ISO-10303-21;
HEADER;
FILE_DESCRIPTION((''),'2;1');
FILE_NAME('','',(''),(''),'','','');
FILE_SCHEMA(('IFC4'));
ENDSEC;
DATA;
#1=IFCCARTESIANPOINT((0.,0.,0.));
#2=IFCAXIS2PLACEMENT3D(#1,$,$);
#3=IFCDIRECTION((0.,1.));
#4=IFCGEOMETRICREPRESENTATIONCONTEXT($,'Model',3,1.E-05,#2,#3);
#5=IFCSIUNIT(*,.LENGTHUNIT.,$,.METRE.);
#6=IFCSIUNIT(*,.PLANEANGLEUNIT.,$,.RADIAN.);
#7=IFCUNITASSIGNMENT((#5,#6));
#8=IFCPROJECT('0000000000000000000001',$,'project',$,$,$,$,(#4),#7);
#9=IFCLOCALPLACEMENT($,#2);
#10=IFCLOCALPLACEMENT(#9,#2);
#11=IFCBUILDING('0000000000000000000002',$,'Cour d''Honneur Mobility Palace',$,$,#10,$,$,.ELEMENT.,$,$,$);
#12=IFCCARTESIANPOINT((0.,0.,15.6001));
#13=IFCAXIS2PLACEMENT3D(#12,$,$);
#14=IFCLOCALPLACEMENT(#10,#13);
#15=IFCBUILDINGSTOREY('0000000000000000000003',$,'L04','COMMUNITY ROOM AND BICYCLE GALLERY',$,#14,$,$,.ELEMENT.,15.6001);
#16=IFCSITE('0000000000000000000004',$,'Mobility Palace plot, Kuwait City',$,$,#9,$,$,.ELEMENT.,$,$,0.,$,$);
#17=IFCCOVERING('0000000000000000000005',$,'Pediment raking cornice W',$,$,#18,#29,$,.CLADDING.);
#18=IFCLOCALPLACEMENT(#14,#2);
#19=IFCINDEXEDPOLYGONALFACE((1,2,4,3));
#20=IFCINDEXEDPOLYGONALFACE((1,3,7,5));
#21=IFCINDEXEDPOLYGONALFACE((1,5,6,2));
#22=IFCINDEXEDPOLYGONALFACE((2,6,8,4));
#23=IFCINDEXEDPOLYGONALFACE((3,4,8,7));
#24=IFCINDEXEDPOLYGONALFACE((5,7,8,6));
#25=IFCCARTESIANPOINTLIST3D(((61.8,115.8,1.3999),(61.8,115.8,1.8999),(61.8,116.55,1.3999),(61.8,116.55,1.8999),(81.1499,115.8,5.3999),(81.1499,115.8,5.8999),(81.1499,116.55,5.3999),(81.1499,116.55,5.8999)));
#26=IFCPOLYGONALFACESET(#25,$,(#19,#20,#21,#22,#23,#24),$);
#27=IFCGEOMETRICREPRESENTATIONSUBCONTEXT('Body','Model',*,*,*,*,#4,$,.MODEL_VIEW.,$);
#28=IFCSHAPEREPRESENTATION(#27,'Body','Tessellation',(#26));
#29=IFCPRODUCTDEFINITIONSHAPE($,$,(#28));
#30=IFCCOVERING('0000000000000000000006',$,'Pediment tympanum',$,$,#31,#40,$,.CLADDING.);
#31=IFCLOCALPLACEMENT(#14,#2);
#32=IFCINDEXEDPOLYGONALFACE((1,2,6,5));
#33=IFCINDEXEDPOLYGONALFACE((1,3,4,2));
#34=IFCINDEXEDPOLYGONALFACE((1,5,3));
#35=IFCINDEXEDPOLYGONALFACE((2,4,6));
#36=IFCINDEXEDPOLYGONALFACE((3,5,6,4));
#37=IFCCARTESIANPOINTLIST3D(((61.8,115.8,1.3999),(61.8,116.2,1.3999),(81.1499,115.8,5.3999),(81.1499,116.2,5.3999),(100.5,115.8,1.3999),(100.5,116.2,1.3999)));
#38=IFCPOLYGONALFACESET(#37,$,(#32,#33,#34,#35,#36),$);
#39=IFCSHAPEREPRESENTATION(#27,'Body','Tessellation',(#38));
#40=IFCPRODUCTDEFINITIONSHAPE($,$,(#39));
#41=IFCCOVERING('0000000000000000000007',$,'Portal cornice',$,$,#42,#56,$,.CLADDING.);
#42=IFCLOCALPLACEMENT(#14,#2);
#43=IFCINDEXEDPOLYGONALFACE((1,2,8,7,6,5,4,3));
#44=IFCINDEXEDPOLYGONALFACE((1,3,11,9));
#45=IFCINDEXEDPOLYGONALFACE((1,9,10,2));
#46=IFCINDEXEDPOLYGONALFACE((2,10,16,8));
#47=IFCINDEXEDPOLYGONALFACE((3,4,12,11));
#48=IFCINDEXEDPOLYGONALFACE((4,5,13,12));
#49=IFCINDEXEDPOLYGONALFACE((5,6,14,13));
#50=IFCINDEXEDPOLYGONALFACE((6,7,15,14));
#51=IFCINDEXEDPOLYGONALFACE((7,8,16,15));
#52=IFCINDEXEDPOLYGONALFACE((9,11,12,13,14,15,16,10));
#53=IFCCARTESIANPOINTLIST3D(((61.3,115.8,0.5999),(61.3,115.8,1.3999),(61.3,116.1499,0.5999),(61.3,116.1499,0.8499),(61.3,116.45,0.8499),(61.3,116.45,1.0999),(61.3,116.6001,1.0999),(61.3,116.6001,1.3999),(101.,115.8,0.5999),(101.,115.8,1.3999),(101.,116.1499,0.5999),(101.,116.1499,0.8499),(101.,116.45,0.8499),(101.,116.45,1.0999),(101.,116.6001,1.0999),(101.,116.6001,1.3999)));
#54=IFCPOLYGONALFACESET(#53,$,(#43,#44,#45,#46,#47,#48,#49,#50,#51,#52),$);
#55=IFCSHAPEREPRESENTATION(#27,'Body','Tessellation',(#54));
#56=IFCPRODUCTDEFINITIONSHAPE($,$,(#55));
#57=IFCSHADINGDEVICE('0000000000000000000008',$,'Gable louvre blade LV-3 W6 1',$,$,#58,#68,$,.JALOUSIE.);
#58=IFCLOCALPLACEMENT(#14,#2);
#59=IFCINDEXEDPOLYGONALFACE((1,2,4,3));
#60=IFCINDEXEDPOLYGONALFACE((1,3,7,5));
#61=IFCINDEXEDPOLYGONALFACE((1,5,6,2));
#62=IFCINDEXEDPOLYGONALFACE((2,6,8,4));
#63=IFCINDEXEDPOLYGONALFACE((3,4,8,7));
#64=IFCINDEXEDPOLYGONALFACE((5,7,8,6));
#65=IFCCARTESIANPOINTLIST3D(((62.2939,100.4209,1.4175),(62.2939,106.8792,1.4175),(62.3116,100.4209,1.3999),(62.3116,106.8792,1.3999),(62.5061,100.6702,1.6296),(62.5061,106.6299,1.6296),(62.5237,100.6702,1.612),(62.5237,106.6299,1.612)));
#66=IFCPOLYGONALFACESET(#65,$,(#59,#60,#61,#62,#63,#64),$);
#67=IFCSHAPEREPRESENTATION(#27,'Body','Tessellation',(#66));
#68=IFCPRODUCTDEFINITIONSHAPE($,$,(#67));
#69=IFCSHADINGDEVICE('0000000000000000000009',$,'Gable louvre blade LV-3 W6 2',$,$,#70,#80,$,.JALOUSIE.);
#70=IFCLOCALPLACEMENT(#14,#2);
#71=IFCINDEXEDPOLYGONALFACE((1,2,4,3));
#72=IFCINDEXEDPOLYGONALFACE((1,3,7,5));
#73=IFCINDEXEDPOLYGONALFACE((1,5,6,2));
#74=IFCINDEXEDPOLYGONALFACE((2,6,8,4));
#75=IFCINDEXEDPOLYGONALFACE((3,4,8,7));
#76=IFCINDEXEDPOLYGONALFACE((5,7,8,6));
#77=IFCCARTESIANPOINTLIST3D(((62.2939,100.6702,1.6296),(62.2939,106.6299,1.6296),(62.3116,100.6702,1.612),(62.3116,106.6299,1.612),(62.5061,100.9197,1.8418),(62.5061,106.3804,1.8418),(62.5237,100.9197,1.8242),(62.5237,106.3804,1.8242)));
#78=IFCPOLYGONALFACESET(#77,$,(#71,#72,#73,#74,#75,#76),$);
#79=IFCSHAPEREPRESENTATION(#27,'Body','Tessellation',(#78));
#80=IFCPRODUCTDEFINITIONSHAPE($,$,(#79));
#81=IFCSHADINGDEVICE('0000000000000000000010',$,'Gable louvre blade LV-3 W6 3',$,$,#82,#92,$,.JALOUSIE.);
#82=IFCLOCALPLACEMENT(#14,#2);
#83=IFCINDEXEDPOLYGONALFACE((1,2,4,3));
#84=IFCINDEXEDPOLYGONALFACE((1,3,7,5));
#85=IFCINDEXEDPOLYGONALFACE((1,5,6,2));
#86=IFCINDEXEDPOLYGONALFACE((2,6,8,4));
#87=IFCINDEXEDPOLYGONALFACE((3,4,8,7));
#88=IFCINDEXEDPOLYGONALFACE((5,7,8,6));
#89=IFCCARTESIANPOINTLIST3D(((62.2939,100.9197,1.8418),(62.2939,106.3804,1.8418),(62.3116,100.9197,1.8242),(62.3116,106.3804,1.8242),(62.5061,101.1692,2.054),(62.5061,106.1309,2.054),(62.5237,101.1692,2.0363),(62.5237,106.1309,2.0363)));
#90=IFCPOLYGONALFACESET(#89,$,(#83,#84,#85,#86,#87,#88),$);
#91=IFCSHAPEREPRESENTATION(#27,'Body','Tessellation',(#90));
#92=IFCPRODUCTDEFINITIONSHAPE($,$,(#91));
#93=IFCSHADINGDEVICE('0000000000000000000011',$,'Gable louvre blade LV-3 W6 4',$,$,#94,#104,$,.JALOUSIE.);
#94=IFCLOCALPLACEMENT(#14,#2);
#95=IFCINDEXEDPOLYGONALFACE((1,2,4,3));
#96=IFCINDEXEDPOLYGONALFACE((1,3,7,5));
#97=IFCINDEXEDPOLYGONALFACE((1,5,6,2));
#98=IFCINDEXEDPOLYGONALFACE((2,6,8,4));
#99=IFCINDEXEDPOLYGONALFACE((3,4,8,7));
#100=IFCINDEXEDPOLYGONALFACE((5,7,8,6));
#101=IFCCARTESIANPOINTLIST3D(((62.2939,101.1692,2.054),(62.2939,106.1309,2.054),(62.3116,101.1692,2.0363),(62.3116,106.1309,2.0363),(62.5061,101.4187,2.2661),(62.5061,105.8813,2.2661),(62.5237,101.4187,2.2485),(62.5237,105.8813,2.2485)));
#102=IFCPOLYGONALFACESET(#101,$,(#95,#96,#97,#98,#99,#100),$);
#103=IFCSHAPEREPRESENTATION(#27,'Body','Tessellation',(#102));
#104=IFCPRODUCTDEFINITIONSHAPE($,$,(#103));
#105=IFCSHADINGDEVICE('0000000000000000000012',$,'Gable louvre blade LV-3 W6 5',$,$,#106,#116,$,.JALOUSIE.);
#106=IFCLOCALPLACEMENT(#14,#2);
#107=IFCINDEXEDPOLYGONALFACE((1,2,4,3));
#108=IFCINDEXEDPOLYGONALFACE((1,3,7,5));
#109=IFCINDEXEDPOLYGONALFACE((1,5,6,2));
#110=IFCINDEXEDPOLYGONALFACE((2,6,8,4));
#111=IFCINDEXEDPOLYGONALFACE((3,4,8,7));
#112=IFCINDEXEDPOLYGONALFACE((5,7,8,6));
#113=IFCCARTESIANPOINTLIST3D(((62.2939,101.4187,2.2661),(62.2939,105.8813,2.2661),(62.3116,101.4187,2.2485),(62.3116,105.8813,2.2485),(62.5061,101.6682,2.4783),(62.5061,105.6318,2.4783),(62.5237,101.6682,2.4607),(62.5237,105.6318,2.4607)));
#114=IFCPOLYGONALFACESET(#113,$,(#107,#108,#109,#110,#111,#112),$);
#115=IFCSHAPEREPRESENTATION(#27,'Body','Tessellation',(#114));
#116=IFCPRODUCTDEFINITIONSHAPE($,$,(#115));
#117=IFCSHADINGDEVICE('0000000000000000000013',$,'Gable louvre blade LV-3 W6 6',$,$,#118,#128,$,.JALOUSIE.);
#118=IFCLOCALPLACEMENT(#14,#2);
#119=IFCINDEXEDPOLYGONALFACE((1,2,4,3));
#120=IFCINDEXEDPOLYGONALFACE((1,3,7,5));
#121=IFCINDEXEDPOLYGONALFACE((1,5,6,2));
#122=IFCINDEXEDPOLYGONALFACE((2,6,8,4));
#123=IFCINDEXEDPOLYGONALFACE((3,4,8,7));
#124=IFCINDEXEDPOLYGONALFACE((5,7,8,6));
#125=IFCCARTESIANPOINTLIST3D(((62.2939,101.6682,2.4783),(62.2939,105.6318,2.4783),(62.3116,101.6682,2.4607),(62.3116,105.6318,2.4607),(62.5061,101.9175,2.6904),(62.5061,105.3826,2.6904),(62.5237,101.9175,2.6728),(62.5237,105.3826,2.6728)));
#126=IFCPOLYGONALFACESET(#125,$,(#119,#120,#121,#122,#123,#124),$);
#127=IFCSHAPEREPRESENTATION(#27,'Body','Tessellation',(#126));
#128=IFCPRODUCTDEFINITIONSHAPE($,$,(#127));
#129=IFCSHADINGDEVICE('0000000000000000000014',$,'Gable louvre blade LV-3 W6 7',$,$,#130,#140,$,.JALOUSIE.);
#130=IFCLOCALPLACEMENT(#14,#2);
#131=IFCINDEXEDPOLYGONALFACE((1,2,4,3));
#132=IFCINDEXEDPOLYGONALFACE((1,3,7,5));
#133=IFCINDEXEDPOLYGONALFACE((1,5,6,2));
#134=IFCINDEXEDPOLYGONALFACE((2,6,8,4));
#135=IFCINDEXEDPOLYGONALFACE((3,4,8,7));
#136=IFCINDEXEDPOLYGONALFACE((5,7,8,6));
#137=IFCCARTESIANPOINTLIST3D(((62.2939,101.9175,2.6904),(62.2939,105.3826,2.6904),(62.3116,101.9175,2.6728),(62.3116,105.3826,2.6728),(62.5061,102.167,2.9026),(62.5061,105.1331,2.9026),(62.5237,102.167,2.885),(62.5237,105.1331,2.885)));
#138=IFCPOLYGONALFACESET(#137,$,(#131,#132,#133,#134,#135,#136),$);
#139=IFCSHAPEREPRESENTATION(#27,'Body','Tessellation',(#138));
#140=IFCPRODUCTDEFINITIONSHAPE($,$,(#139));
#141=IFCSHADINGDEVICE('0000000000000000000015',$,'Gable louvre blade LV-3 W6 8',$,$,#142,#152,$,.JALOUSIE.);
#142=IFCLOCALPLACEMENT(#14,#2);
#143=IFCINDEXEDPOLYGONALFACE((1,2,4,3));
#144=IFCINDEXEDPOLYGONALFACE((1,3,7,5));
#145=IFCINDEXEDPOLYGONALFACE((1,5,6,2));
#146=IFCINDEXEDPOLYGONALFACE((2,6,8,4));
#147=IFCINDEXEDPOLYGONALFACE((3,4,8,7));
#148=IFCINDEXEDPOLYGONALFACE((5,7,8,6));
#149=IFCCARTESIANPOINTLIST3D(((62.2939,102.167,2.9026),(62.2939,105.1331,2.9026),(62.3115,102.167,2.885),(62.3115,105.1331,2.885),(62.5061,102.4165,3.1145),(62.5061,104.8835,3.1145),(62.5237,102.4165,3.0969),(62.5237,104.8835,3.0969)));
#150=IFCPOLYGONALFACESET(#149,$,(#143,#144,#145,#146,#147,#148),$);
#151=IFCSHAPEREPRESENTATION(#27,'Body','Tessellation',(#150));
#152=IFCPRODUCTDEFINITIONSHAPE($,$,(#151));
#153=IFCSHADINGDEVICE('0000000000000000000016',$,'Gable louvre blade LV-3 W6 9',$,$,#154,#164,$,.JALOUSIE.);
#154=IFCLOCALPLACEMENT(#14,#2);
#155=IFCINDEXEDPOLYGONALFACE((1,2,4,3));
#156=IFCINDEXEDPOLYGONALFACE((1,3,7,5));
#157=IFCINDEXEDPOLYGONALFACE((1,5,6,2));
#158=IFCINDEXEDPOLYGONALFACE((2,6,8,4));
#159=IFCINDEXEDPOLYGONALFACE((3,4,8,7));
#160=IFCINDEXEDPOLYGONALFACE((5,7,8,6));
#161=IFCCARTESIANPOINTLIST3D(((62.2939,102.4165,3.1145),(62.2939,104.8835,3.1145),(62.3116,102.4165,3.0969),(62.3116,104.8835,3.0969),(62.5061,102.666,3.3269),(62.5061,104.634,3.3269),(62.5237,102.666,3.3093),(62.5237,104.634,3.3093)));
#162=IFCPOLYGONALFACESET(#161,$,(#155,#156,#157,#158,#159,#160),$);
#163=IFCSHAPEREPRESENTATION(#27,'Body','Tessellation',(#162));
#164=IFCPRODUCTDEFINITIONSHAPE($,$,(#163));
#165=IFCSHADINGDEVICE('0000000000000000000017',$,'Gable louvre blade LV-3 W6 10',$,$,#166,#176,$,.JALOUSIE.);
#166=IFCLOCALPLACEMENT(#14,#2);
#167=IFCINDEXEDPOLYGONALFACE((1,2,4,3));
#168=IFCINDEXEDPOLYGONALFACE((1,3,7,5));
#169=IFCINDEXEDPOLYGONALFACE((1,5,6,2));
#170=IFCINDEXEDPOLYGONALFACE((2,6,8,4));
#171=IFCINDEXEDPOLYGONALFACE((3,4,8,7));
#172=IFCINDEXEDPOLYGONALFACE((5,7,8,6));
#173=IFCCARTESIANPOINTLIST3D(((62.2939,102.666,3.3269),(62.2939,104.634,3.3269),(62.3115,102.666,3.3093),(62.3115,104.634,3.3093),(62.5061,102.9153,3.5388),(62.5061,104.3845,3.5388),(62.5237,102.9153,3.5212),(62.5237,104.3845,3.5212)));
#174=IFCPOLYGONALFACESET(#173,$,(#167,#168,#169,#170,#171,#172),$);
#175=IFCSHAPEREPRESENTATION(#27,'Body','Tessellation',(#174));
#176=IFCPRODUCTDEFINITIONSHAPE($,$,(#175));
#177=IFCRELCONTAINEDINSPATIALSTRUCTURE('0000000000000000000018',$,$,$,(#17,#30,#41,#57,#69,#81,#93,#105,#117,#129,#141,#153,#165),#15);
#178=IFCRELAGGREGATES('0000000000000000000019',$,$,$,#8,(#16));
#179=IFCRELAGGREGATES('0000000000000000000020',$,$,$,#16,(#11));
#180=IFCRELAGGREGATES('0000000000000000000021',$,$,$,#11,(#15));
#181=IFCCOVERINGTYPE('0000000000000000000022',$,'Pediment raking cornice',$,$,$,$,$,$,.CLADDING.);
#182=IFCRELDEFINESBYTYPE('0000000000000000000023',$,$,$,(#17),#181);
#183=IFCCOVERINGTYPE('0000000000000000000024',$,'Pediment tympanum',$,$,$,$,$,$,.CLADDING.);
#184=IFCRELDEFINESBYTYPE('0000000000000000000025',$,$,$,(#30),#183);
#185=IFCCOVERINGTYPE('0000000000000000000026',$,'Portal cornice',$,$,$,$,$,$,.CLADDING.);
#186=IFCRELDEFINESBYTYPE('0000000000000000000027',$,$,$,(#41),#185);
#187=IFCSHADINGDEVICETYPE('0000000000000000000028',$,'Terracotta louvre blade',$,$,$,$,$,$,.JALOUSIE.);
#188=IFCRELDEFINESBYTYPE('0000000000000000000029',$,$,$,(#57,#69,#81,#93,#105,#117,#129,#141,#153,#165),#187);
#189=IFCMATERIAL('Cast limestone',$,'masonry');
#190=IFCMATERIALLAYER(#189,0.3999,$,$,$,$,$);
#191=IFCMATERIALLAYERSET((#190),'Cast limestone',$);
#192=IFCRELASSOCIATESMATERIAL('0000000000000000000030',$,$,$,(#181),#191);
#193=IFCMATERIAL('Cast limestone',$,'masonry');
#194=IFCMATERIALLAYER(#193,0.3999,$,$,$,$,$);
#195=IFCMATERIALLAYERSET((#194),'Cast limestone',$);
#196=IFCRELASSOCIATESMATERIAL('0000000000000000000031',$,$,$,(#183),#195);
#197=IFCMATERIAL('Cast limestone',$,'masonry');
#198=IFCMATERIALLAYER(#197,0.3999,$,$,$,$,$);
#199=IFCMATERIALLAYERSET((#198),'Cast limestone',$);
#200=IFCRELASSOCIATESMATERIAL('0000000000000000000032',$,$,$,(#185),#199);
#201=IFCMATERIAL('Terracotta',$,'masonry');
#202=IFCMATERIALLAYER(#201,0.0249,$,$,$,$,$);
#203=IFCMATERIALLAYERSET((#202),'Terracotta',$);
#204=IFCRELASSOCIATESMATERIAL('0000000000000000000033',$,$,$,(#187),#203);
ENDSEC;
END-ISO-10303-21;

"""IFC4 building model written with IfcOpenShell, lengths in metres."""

from ifc_helpers import new_model, si_unit, direction, frame, origin, place, context, subcontext, project, spatial, polyline, outline, extrude, material, layer, layer_set, type_object, element, save


model = new_model("IFC4")

# Units and contexts
model_context = context("Model", 3, precision=1e-05, world=origin(), true_north=direction((0.0, 1.0)))
body_context = subcontext(model_context, "Body", "Model", "MODEL_VIEW")
ifc_project = project(units=[si_unit("LENGTHUNIT", "METRE"), si_unit("PLANEANGLEUNIT", "RADIAN")], contexts=[model_context])

# Site, building, storey
site_placement = place(None, origin())
site = spatial("IfcSite", under=ifc_project, at=site_placement, Name="Mobility Palace plot, Kuwait City", CompositionType="ELEMENT", RefElevation=0.0)
building_placement = place(site_placement, origin())
building = spatial("IfcBuilding", under=site, at=building_placement, Name="Cour d'Honneur Mobility Palace", CompositionType="ELEMENT")
storey_placement = place(building_placement, frame((0.0, 0.0, 15.6001)))
storey = spatial("IfcBuildingStorey", under=building, at=storey_placement, Name="L04", Description="COMMUNITY ROOM AND BICYCLE GALLERY", CompositionType="ELEMENT", Elevation=15.6001)

# Coverings
ifc_material_1 = material(Name="Cast limestone", Category="masonry")
ifc_layer_1 = layer(ifc_material_1, 0.3999)
ifc_layer_set_1 = layer_set([ifc_layer_1], Name="Cast limestone")
covering_type_1 = type_object("IfcCoveringType", Name="Pediment raking cornice", PredefinedType="CLADDING", material=ifc_layer_set_1)
covering_1_placement = place(storey_placement, frame((61.8, 116.55, 1.8999), z_axis=(0.0, 1.0, 0.0), x_axis=(0.979295, 0.0, 0.20244)))
element("IfcCovering", 1, at=covering_1_placement, inside=storey, type_object=covering_type_1, Name="Pediment raking cornice W", PredefinedType="CLADDING", context=body_context, shape_type="SweptSolid", body=[
    extrude(outline(polyline([(0.0, 0.0), (19.759, 0.0), (19.6577, 0.4896), (-0.1012, 0.4896), (0.0, 0.0)])), origin(), (0.0, 0.0, -1.0), 0.75),
])
ifc_material_2 = material(Name="Cast limestone", Category="masonry")
ifc_layer_2 = layer(ifc_material_2, 0.3999)
ifc_layer_set_2 = layer_set([ifc_layer_2], Name="Cast limestone")
covering_type_2 = type_object("IfcCoveringType", Name="Pediment tympanum", PredefinedType="CLADDING", material=ifc_layer_set_2)
covering_2_placement = place(storey_placement, frame((61.8, 116.2, 1.3999), z_axis=(0.0, 1.0, 0.0), x_axis=(0.979295, 0.0, 0.20244)))
element("IfcCovering", 2, at=covering_2_placement, inside=storey, type_object=covering_type_2, Name="Pediment tympanum", PredefinedType="CLADDING", context=body_context, shape_type="SweptSolid", body=[
    extrude(outline(polyline([(0.0, 0.0), (19.759, 0.0), (37.8987, 7.8344), (0.0, 0.0)])), origin(), (0.0, 0.0, -1.0), 0.3999),
])
ifc_material_3 = material(Name="Cast limestone", Category="masonry")
ifc_layer_3 = layer(ifc_material_3, 0.3999)
ifc_layer_set_3 = layer_set([ifc_layer_3], Name="Cast limestone")
covering_type_3 = type_object("IfcCoveringType", Name="Portal cornice", PredefinedType="CLADDING", material=ifc_layer_set_3)
covering_3_placement = place(storey_placement, frame((61.3, 115.8, 1.3999), z_axis=(-1.0, 0.0, 0.0), x_axis=(0.0, 1.0, 0.0)))
element("IfcCovering", 3, at=covering_3_placement, inside=storey, type_object=covering_type_3, Name="Portal cornice", PredefinedType="CLADDING", context=body_context, shape_type="SweptSolid", body=[
    extrude(outline(polyline([(0.0, 0.0), (0.8, 0.0), (0.8, 0.3), (0.6499, 0.3), (0.6499, 0.55), (0.3499, 0.55), (0.3499, 0.8), (0.0, 0.8), (0.0, 0.0)])), origin(), (0.0, 0.0, -1.0), 39.7),
])

# Shading devices
ifc_material_4 = material(Name="Terracotta", Category="masonry")
ifc_layer_4 = layer(ifc_material_4, 0.0249)
ifc_layer_set_4 = layer_set([ifc_layer_4], Name="Terracotta")
shading_device_type = type_object("IfcShadingDeviceType", Name="Terracotta louvre blade", PredefinedType="JALOUSIE", material=ifc_layer_set_4)
shading_device_1_placement = place(storey_placement, frame((62.2939, 100.4209, 1.4175), z_axis=(-0.707107, 0.0, 0.707107), x_axis=(0.0, 1.0, 0.0)))
element("IfcShadingDevice", 4, at=shading_device_1_placement, inside=storey, type_object=shading_device_type, Name="Gable louvre blade LV-3 W6 1", PredefinedType="JALOUSIE", context=body_context, shape_type="SweptSolid", body=[
    extrude(outline(polyline([(0.0, 0.0), (6.4583, 0.0), (6.209, -0.3), (0.2493, -0.3), (0.0, 0.0)])), origin(), (0.0, 0.0, -1.0), 0.0249),
])
shading_device_2_placement = place(storey_placement, frame((62.2939, 100.6702, 1.6296), z_axis=(-0.707107, 0.0, 0.707107), x_axis=(0.0, 1.0, 0.0)))
element("IfcShadingDevice", 5, at=shading_device_2_placement, inside=storey, type_object=shading_device_type, Name="Gable louvre blade LV-3 W6 2", PredefinedType="JALOUSIE", context=body_context, shape_type="SweptSolid", body=[
    extrude(outline(polyline([(0.0, 0.0), (5.9597, 0.0), (5.7102, -0.3), (0.2495, -0.3), (0.0, 0.0)])), origin(), (0.0, 0.0, -1.0), 0.0249),
])
shading_device_3_placement = place(storey_placement, frame((62.2939, 100.9197, 1.8418), z_axis=(-0.707107, 0.0, 0.707107), x_axis=(0.0, 1.0, 0.0)))
element("IfcShadingDevice", 6, at=shading_device_3_placement, inside=storey, type_object=shading_device_type, Name="Gable louvre blade LV-3 W6 3", PredefinedType="JALOUSIE", context=body_context, shape_type="SweptSolid", body=[
    extrude(outline(polyline([(0.0, 0.0), (5.4607, 0.0), (5.2112, -0.3), (0.2495, -0.3), (0.0, 0.0)])), origin(), (0.0, 0.0, -1.0), 0.0249),
])
shading_device_4_placement = place(storey_placement, frame((62.2939, 101.1692, 2.054), z_axis=(-0.707107, 0.0, 0.707107), x_axis=(0.0, 1.0, 0.0)))
element("IfcShadingDevice", 7, at=shading_device_4_placement, inside=storey, type_object=shading_device_type, Name="Gable louvre blade LV-3 W6 4", PredefinedType="JALOUSIE", context=body_context, shape_type="SweptSolid", body=[
    extrude(outline(polyline([(0.0, 0.0), (4.9617, 0.0), (4.7122, -0.3), (0.2495, -0.3), (0.0, 0.0)])), origin(), (0.0, 0.0, -1.0), 0.0249),
])
shading_device_5_placement = place(storey_placement, frame((62.2939, 101.4187, 2.2661), z_axis=(-0.707107, 0.0, 0.707107), x_axis=(0.0, 1.0, 0.0)))
element("IfcShadingDevice", 8, at=shading_device_5_placement, inside=storey, type_object=shading_device_type, Name="Gable louvre blade LV-3 W6 5", PredefinedType="JALOUSIE", context=body_context, shape_type="SweptSolid", body=[
    extrude(outline(polyline([(0.0, 0.0), (4.4626, 0.0), (4.2131, -0.3), (0.2495, -0.3), (0.0, 0.0)])), origin(), (0.0, 0.0, -1.0), 0.0249),
])
shading_device_6_placement = place(storey_placement, frame((62.2939, 101.6682, 2.4783), z_axis=(-0.707107, 0.0, 0.707107), x_axis=(0.0, 1.0, 0.0)))
element("IfcShadingDevice", 9, at=shading_device_6_placement, inside=storey, type_object=shading_device_type, Name="Gable louvre blade LV-3 W6 6", PredefinedType="JALOUSIE", context=body_context, shape_type="SweptSolid", body=[
    extrude(outline(polyline([(0.0, 0.0), (3.9636, 0.0), (3.7144, -0.3), (0.2493, -0.3), (0.0, 0.0)])), origin(), (0.0, 0.0, -1.0), 0.0249),
])
shading_device_7_placement = place(storey_placement, frame((62.2939, 101.9175, 2.6904), z_axis=(-0.707107, 0.0, 0.707107), x_axis=(0.0, 1.0, 0.0)))
element("IfcShadingDevice", 10, at=shading_device_7_placement, inside=storey, type_object=shading_device_type, Name="Gable louvre blade LV-3 W6 7", PredefinedType="JALOUSIE", context=body_context, shape_type="SweptSolid", body=[
    extrude(outline(polyline([(0.0, 0.0), (3.4651, 0.0), (3.2156, -0.3), (0.2495, -0.3), (0.0, 0.0)])), origin(), (0.0, 0.0, -1.0), 0.0249),
])
shading_device_8_placement = place(storey_placement, frame((62.2939, 102.167, 2.9026), z_axis=(-0.7067, 0.0, 0.707514), x_axis=(0.0, 1.0, 0.0)))
element("IfcShadingDevice", 11, at=shading_device_8_placement, inside=storey, type_object=shading_device_type, Name="Gable louvre blade LV-3 W6 8", PredefinedType="JALOUSIE", context=body_context, shape_type="SweptSolid", body=[
    extrude(outline(polyline([(0.0, 0.0), (2.9661, 0.0), (2.7166, -0.2999), (0.2495, -0.2999), (0.0, 0.0)])), origin(), (0.0, 0.0, -1.0), 0.0249),
])
shading_device_9_placement = place(storey_placement, frame((62.2939, 102.4165, 3.1145), z_axis=(-0.707513, 0.0, 0.7067), x_axis=(0.0, 1.0, 0.0)))
element("IfcShadingDevice", 12, at=shading_device_9_placement, inside=storey, type_object=shading_device_type, Name="Gable louvre blade LV-3 W6 9", PredefinedType="JALOUSIE", context=body_context, shape_type="SweptSolid", body=[
    extrude(outline(polyline([(0.0, 0.0), (2.467, 0.0), (2.2175, -0.3002), (0.2495, -0.3002), (0.0, 0.0)])), origin(), (0.0, 0.0, -1.0), 0.0249),
])
shading_device_10_placement = place(storey_placement, frame((62.2939, 102.666, 3.3269), z_axis=(-0.7067, 0.0, 0.707514), x_axis=(0.0, 1.0, 0.0)))
element("IfcShadingDevice", 13, at=shading_device_10_placement, inside=storey, type_object=shading_device_type, Name="Gable louvre blade LV-3 W6 10", PredefinedType="JALOUSIE", context=body_context, shape_type="SweptSolid", body=[
    extrude(outline(polyline([(0.0, 0.0), (1.968, 0.0), (1.7185, -0.2999), (0.2493, -0.2999), (0.0, 0.0)])), origin(), (0.0, 0.0, -1.0), 0.0249),
])

save(model, "model.ifc")
